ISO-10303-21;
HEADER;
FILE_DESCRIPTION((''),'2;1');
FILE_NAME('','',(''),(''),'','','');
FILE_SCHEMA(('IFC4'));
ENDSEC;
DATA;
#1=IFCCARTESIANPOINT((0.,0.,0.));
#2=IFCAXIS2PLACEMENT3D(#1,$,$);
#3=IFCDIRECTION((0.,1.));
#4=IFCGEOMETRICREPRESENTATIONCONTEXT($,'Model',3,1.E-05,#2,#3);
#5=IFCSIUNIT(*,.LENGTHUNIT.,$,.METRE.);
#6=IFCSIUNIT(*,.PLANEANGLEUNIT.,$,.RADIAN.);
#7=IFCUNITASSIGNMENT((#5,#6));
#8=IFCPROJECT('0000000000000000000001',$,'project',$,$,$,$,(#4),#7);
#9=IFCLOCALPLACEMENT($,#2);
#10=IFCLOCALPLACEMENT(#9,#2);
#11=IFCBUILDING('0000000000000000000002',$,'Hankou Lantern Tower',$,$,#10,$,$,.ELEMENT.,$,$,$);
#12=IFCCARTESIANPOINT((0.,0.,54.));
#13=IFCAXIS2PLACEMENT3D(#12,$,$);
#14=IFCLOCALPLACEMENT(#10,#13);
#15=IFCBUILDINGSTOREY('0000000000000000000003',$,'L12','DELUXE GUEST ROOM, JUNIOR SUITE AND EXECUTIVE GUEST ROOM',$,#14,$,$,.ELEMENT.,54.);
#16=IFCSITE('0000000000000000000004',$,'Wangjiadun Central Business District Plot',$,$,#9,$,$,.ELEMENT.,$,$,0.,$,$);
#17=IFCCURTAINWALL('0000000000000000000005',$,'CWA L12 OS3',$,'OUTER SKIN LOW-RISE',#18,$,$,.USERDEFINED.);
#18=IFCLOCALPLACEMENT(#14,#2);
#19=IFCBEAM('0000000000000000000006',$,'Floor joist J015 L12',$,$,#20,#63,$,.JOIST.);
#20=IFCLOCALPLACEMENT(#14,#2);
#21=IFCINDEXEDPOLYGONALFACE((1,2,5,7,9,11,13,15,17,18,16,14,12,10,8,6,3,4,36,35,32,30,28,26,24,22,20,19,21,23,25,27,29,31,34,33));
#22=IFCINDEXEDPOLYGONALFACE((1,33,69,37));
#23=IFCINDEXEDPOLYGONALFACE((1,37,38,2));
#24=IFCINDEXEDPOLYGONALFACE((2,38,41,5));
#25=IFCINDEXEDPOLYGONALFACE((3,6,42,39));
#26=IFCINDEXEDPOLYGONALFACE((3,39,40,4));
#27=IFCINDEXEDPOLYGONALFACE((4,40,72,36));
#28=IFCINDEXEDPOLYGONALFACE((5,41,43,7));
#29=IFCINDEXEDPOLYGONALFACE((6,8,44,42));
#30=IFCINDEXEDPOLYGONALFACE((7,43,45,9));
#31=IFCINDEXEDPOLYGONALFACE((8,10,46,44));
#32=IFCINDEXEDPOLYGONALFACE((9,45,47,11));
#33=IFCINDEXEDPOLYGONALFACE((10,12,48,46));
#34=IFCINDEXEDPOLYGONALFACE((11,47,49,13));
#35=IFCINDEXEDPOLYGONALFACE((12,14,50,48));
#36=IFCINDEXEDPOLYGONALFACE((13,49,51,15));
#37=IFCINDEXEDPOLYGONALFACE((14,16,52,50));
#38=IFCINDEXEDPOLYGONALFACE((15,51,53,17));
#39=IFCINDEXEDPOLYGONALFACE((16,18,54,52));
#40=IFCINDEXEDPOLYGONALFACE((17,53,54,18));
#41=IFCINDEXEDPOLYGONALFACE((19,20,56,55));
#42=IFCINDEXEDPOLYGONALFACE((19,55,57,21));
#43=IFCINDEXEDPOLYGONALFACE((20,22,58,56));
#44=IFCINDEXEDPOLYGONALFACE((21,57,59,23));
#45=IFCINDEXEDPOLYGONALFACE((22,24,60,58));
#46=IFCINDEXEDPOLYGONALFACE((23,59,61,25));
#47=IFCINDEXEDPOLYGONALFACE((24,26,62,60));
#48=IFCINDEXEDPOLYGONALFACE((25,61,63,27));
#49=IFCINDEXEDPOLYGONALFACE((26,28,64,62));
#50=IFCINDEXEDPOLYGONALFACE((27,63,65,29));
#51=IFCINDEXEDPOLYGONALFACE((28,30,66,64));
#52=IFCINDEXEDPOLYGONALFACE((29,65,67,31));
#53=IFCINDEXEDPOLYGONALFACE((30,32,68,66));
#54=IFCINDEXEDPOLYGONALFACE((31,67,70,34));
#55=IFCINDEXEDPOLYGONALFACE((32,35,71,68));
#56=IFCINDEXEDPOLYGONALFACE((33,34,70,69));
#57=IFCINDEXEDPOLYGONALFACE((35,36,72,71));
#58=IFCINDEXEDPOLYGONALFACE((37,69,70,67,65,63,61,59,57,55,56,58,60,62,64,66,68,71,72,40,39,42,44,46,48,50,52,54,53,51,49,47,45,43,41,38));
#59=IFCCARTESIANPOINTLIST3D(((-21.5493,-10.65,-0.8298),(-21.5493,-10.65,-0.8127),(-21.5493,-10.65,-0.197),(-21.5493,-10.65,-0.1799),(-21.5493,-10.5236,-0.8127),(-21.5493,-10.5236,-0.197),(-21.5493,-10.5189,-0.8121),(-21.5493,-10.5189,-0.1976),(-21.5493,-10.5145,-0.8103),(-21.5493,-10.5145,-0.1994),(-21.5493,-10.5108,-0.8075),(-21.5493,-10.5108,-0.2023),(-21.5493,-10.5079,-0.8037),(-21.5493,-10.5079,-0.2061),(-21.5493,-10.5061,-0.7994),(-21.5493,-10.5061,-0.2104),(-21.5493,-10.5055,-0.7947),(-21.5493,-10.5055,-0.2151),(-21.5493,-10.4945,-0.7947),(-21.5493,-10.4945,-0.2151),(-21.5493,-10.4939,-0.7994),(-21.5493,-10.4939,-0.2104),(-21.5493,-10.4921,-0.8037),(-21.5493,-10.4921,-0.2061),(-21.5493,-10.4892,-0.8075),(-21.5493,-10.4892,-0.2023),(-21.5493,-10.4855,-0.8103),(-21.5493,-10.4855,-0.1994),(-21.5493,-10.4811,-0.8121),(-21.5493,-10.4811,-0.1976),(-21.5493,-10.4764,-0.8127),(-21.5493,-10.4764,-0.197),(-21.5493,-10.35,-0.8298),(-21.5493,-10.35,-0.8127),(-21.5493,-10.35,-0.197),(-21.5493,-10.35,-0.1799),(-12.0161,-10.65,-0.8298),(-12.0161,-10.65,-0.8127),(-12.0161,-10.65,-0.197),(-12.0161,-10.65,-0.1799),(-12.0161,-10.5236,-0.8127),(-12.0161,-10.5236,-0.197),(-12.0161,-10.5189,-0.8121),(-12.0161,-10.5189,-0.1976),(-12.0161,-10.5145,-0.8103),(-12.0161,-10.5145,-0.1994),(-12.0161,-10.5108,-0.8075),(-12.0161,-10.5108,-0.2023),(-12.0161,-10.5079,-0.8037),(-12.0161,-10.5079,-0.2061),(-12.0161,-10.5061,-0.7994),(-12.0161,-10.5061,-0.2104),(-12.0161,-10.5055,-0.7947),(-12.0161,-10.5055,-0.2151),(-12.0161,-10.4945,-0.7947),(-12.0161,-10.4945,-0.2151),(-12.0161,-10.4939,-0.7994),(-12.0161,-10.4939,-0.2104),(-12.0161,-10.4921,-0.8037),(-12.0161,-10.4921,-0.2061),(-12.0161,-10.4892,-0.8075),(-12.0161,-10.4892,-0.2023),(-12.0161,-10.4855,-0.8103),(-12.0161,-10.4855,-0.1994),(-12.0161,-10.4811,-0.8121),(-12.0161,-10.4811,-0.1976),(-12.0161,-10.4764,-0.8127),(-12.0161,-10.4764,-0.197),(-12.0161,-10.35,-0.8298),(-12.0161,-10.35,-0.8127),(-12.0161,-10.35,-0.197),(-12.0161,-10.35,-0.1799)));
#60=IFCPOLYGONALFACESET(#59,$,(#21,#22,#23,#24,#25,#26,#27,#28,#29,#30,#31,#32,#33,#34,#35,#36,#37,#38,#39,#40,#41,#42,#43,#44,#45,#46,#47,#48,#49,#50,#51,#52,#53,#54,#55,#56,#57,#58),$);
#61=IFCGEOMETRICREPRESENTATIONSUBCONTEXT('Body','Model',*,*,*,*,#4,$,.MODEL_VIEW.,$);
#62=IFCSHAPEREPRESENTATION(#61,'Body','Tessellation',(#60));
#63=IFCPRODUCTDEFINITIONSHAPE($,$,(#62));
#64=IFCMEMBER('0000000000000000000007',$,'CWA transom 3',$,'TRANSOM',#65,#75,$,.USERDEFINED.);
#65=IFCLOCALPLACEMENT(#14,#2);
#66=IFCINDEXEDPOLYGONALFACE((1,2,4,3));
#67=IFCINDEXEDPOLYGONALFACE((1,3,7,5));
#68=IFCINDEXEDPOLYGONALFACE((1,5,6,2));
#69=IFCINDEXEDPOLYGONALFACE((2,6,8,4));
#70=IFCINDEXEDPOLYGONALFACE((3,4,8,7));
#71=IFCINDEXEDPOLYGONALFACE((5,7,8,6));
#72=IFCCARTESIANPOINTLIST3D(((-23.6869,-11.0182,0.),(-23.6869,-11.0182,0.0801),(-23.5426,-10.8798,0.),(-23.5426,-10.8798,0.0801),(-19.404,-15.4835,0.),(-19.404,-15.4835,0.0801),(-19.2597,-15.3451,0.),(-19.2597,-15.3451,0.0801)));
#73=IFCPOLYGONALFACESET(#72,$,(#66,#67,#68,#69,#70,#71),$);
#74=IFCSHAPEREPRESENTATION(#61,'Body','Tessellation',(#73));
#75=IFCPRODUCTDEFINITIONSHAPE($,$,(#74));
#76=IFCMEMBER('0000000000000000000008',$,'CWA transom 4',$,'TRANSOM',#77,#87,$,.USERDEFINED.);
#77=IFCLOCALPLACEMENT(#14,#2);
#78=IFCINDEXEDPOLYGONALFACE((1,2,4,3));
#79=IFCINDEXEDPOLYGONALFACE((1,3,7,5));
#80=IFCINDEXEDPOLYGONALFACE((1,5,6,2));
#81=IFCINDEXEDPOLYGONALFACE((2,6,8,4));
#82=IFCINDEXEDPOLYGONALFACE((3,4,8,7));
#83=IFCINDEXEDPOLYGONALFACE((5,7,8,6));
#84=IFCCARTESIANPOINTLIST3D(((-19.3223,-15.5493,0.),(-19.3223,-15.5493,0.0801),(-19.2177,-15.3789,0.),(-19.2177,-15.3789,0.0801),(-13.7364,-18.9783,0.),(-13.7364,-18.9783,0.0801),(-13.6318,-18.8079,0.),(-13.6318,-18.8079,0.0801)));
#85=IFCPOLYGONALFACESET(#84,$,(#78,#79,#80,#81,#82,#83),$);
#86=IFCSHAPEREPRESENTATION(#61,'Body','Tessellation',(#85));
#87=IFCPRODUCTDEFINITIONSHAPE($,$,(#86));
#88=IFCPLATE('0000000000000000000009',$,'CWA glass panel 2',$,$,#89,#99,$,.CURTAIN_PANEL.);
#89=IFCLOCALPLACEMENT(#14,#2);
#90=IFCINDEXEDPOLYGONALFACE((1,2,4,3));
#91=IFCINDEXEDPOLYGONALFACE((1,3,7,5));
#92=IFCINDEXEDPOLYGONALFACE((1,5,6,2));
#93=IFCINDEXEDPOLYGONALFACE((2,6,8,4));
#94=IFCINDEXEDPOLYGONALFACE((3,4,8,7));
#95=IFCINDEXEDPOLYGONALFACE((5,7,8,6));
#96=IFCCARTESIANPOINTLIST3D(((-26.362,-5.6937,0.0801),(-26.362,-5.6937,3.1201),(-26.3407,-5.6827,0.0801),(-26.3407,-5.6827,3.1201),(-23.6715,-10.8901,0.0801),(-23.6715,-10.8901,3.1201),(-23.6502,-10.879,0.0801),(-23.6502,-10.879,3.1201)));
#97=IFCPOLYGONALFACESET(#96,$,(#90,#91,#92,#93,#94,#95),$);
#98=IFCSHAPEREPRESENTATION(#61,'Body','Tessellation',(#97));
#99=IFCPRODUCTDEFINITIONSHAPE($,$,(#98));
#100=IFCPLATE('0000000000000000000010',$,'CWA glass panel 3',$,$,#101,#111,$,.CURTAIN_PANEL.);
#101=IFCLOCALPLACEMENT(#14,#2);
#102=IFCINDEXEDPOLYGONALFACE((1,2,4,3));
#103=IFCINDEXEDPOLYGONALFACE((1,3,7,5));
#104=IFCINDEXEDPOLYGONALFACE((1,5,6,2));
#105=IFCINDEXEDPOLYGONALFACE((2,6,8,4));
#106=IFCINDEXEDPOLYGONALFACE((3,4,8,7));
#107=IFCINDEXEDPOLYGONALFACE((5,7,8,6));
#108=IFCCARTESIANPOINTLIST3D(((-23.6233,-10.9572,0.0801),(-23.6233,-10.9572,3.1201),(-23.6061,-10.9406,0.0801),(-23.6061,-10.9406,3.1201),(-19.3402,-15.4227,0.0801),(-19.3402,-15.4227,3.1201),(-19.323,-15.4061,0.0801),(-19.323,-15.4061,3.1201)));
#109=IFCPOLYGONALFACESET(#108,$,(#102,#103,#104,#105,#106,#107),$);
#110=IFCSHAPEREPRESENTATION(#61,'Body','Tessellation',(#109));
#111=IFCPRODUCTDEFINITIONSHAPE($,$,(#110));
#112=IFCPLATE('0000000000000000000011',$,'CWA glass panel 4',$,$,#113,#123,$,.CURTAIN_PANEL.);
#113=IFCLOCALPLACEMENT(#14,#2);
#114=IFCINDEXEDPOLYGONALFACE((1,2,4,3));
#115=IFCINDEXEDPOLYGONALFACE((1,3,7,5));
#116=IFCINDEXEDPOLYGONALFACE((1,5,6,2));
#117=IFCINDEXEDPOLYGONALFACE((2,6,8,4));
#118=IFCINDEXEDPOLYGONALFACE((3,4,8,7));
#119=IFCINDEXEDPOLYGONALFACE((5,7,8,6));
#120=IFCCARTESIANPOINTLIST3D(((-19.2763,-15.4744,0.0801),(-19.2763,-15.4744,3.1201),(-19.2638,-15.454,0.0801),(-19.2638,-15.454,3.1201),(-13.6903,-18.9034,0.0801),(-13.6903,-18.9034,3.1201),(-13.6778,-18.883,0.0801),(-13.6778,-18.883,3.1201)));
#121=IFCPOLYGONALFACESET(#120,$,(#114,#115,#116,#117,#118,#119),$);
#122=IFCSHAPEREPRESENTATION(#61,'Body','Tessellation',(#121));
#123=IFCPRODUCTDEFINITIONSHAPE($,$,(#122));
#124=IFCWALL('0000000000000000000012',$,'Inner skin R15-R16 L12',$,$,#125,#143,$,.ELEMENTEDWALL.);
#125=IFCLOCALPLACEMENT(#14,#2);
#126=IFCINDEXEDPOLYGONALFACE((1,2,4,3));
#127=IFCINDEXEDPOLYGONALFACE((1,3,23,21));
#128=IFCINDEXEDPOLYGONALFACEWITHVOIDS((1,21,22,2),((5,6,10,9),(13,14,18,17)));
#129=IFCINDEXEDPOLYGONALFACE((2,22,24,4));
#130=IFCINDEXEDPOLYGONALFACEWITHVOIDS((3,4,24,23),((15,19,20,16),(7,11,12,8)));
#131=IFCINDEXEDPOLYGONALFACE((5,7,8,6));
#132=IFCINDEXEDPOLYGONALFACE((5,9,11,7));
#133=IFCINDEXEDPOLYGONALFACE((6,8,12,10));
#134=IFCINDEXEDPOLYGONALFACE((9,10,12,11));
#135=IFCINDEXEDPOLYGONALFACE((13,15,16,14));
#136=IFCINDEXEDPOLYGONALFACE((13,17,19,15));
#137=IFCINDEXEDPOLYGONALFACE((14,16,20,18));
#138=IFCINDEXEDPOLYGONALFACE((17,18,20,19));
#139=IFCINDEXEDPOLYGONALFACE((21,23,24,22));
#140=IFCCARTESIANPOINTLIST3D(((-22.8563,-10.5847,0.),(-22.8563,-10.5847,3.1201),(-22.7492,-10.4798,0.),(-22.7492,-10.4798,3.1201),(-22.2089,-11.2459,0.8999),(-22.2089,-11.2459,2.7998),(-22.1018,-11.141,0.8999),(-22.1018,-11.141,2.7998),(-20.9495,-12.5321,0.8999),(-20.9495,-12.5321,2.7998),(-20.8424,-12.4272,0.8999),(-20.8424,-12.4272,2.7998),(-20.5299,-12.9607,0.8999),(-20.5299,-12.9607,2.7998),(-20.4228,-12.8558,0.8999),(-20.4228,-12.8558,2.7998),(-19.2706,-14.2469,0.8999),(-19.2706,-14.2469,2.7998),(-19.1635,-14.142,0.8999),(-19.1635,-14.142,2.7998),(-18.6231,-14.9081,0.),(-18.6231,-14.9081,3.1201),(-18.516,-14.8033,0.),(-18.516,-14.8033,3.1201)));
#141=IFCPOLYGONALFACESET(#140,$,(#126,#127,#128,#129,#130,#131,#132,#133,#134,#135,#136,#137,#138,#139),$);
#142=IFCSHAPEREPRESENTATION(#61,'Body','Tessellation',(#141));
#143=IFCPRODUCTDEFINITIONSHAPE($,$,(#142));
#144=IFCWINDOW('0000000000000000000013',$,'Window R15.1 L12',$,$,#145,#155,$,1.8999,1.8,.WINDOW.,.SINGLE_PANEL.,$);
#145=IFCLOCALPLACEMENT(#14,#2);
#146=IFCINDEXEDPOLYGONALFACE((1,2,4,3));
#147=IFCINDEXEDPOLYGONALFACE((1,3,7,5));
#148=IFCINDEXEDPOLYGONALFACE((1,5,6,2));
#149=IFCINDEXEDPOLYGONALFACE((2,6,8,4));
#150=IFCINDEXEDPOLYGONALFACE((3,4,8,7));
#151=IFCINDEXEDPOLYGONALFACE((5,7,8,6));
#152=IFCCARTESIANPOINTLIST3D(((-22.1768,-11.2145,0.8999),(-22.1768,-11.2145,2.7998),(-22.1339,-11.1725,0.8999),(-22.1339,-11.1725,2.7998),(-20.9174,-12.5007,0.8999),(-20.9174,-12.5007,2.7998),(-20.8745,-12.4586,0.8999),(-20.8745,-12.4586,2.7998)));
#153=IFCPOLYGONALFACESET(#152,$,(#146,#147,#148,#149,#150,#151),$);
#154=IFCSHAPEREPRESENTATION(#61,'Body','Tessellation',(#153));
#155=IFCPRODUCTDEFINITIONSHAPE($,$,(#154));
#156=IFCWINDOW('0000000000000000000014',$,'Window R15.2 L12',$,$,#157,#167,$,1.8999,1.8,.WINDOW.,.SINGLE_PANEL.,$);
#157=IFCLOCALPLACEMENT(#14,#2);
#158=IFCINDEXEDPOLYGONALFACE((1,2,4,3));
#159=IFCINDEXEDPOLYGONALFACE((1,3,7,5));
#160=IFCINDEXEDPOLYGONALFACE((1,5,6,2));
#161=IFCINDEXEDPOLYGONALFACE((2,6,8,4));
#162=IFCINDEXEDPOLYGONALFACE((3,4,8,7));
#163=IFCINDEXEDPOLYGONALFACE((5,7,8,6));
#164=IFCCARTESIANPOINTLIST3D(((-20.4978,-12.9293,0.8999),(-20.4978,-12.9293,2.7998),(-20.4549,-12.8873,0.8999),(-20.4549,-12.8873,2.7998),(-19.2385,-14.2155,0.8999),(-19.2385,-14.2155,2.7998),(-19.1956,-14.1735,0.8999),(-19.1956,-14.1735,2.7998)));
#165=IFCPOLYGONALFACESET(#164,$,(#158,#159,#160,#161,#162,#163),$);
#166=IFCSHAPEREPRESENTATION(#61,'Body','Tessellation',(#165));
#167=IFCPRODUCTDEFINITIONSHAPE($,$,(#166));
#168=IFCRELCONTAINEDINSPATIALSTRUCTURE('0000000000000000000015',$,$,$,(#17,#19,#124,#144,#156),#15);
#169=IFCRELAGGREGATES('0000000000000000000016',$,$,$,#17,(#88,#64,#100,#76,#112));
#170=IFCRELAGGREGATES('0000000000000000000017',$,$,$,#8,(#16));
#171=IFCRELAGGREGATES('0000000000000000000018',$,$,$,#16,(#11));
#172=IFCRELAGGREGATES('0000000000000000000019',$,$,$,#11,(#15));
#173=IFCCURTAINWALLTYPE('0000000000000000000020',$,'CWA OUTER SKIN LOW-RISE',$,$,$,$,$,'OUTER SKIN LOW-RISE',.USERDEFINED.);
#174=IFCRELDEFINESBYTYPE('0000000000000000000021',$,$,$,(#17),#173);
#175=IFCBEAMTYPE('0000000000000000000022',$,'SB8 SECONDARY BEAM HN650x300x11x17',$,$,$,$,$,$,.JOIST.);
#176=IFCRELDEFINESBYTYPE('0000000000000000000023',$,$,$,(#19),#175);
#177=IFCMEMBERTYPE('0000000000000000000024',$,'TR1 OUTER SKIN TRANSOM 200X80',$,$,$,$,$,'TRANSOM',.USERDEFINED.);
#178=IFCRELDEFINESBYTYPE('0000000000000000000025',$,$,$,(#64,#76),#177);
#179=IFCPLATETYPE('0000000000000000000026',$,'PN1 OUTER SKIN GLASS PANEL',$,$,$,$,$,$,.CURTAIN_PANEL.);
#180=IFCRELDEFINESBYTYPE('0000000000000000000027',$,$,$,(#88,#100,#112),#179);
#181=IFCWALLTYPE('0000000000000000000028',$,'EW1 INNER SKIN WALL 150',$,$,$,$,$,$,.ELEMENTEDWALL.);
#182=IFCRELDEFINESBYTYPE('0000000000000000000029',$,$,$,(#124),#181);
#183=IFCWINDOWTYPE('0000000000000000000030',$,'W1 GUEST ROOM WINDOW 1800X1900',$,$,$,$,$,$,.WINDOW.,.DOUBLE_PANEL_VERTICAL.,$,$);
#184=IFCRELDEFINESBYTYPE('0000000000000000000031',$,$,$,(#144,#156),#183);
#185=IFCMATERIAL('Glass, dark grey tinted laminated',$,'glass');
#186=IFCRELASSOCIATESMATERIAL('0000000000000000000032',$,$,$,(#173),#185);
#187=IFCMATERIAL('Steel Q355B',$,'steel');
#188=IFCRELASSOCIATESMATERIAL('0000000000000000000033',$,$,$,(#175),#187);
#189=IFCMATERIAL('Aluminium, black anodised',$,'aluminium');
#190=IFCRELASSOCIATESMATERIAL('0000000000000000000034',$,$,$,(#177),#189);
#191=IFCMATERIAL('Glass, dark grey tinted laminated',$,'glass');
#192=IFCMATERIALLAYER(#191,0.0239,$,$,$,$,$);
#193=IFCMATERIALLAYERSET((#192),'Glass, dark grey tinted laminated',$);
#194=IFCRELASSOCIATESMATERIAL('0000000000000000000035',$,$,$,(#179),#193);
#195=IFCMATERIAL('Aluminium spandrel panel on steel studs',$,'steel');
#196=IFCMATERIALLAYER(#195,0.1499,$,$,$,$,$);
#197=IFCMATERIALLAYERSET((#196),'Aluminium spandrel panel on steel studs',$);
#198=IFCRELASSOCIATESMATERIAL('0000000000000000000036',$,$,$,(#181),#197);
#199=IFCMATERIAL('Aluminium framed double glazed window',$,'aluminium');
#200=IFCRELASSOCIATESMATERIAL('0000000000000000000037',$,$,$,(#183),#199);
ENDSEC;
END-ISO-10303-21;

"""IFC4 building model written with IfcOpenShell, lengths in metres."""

from ifc_helpers import new_model, si_unit, direction, frame, frame_2d, origin, origin_2d, place, context, subcontext, project, spatial, rectangle, i_section, extrude, material, layer, layer_set, material_profile, profile_set, type_object, element, fill, aggregate, save


model = new_model("IFC4")

# Units and contexts
model_context = context("Model", 3, precision=1e-05, world=origin(), true_north=direction((0.0, 1.0)))
body_context = subcontext(model_context, "Body", "Model", "MODEL_VIEW")
ifc_project = project(units=[si_unit("LENGTHUNIT", "METRE"), si_unit("PLANEANGLEUNIT", "RADIAN")], contexts=[model_context])

# Site, building, storey
site_placement = place(None, origin())
site = spatial("IfcSite", under=ifc_project, at=site_placement, Name="Wangjiadun Central Business District Plot", CompositionType="ELEMENT", RefElevation=0.0)
building_placement = place(site_placement, origin())
building = spatial("IfcBuilding", under=site, at=building_placement, Name="Hankou Lantern Tower", CompositionType="ELEMENT")
storey_placement = place(building_placement, frame((0.0, 0.0, 54.0)))
storey = spatial("IfcBuildingStorey", under=building, at=storey_placement, Name="L12", Description="DELUXE GUEST ROOM, JUNIOR SUITE AND EXECUTIVE GUEST ROOM", CompositionType="ELEMENT", Elevation=54.0)

# Curtain wall
ifc_material_1 = material(Name="Glass, dark grey tinted laminated", Category="glass")
curtain_wall_type = type_object("IfcCurtainWallType", Name="CWA OUTER SKIN LOW-RISE", ElementType="OUTER SKIN LOW-RISE", PredefinedType="USERDEFINED", material=ifc_material_1)
curtain_wall_placement = place(storey_placement, origin())
curtain_wall = element("IfcCurtainWall", 1, at=curtain_wall_placement, inside=storey, type_object=curtain_wall_type, Name="CWA L12 OS3", ObjectType="OUTER SKIN LOW-RISE", PredefinedType="USERDEFINED")

# Beam
ifc_material_2 = material(Name="Steel Q355B", Category="steel")
ifc_material_profile_1 = material_profile(ifc_material_2, i_section(OverallWidth=0.3, OverallDepth=0.6499, WebThickness=0.011, FlangeThickness=0.0171, FilletRadius=0.0181, at=origin_2d()), Name="HN650x300x11x17")
ifc_profile_set_1 = profile_set([ifc_material_profile_1], Name="Steel Q355B")
beam_type_1 = type_object("IfcBeamType", Name="SB8 SECONDARY BEAM HN650x300x11x17", PredefinedType="JOIST", material=ifc_profile_set_1)
beam_1_placement = place(storey_placement, frame((-21.5493, -10.5, -0.5049), z_axis=(1.0, 0.0, 0.0), x_axis=(0.0, 1.0, 0.0)))
element("IfcBeam", 2, at=beam_1_placement, inside=storey, type_object=beam_type_1, Name="Floor joist J015 L12", PredefinedType="JOIST", context=body_context, shape_type="SweptSolid", body=[
    extrude(i_section(OverallWidth=0.3, OverallDepth=0.6499, WebThickness=0.011, FlangeThickness=0.0171, FilletRadius=0.0181, at=origin_2d()), origin(), (0.0, 0.0, 1.0), 9.5332),
])

# Members
ifc_material_3 = material(Name="Aluminium, black anodised", Category="aluminium")
ifc_material_profile_2 = material_profile(ifc_material_3, rectangle(XDim=0.2, YDim=0.0801, at=origin_2d()), Name="TR1 200X80")
ifc_profile_set_2 = profile_set([ifc_material_profile_2], Name="Aluminium, black anodised")
member_type_1 = type_object("IfcMemberType", Name="TR1 OUTER SKIN TRANSOM 200X80", ElementType="TRANSOM", PredefinedType="USERDEFINED", material=ifc_profile_set_2)
member_1_placement = place(storey_placement, frame((-23.6147, -10.949, 0.04), z_axis=(0.692216, -0.721691, 0.0), x_axis=(0.721691, 0.692216, 0.0)))
member_1 = element("IfcMember", 3, at=member_1_placement, type_object=member_type_1, Name="CWA transom 3", ObjectType="TRANSOM", PredefinedType="USERDEFINED", context=body_context, shape_type="SweptSolid", body=[
    extrude(rectangle(XDim=0.2, YDim=0.0801, at=origin_2d()), origin(), (0.0, 0.0, 1.0), 6.1873),
])
member_2_placement = place(storey_placement, frame((-19.27, -15.4641, 0.04), z_axis=(0.85224, -0.523152, 0.0), x_axis=(0.523152, 0.85224, 0.0)))
member_2 = element("IfcMember", 4, at=member_2_placement, type_object=member_type_1, Name="CWA transom 4", ObjectType="TRANSOM", PredefinedType="USERDEFINED", context=body_context, shape_type="SweptSolid", body=[
    extrude(rectangle(XDim=0.2, YDim=0.0801, at=origin_2d()), origin(), (0.0, 0.0, 1.0), 6.5544),
])

# Plates
ifc_material_4 = material(Name="Glass, dark grey tinted laminated", Category="glass")
ifc_layer_1 = layer(ifc_material_4, 0.0239)
ifc_layer_set_1 = layer_set([ifc_layer_1], Name="Glass, dark grey tinted laminated")
plate_type = type_object("IfcPlateType", Name="PN1 OUTER SKIN GLASS PANEL", PredefinedType="CURTAIN_PANEL", material=ifc_layer_set_1)
plate_1_placement = place(storey_placement, frame((-25.0061, -8.2864, 0.0801), z_axis=(0.0, 0.0, 1.0), x_axis=(0.459791, -0.888027, 0.0)))
plate_1 = element("IfcPlate", 5, at=plate_1_placement, type_object=plate_type, Name="CWA glass panel 2", PredefinedType="CURTAIN_PANEL", context=body_context, shape_type="SweptSolid", body=[
    extrude(rectangle(XDim=5.8516, YDim=0.0239, at=origin_2d()), origin(), (0.0, 0.0, 1.0), 3.04),
])
plate_2_placement = place(storey_placement, frame((-21.4731, -13.1816, 0.0801), z_axis=(0.0, 0.0, 1.0), x_axis=(0.692216, -0.721691, 0.0)))
plate_2 = element("IfcPlate", 6, at=plate_2_placement, type_object=plate_type, Name="CWA glass panel 3", PredefinedType="CURTAIN_PANEL", context=body_context, shape_type="SweptSolid", body=[
    extrude(rectangle(XDim=6.1875, YDim=0.0239, at=origin_2d()), origin(), (0.0, 0.0, 1.0), 3.04),
])
plate_3_placement = place(storey_placement, frame((-16.4771, -17.1787, 0.0801), z_axis=(0.0, 0.0, 1.0), x_axis=(0.852237, -0.523156, 0.0)))
plate_3 = element("IfcPlate", 7, at=plate_3_placement, type_object=plate_type, Name="CWA glass panel 4", PredefinedType="CURTAIN_PANEL", context=body_context, shape_type="SweptSolid", body=[
    extrude(rectangle(XDim=6.5544, YDim=0.0239, at=origin_2d()), origin(), (0.0, 0.0, 1.0), 3.04),
])
aggregate(curtain_wall, [plate_1, member_1, plate_2, member_2, plate_3])

# Wall, openings, windows
ifc_material_5 = material(Name="Aluminium spandrel panel on steel studs", Category="steel")
ifc_layer_2 = layer(ifc_material_5, 0.1499)
ifc_layer_set_2 = layer_set([ifc_layer_2], Name="Aluminium spandrel panel on steel studs")
wall_type_1 = type_object("IfcWallType", Name="EW1 INNER SKIN WALL 150", PredefinedType="ELEMENTEDWALL", material=ifc_layer_set_2)
wall_1_placement = place(storey_placement, frame((-22.8027, -10.5322, 0.0), z_axis=(0.0, 0.0, 1.0), x_axis=(0.699603, -0.714532, 0.0)))
wall_1 = element("IfcWall", 8, at=wall_1_placement, inside=storey, type_object=wall_type_1, Name="Inner skin R15-R16 L12", PredefinedType="ELEMENTEDWALL", context=body_context, shape_type="SweptSolid", body=[
    extrude(rectangle(XDim=6.0508, YDim=0.1499, at=frame_2d((3.0254, 0.0))), origin(), (0.0, 0.0, 1.0), 3.1201),
])
opening_1_placement = place(wall_1_placement, frame((0.9255, 0.0, 0.8999)))
opening_1 = element("IfcOpeningElement", 9, at=opening_1_placement, cuts=wall_1, PredefinedType="OPENING", context=body_context, shape_type="SweptSolid", body=[
    extrude(rectangle(XDim=1.8, YDim=1.8999, at=frame_2d((0.8999, 0.95))), frame((0.0, 0.085, 0.0), z_axis=(0.0, -1.0, 0.0), x_axis=(1.0, 0.0, 0.0)), (0.0, 0.0, 1.0), 0.1699),
])
opening_2_placement = place(wall_1_placement, frame((3.3254, 0.0, 0.8999)))
opening_2 = element("IfcOpeningElement", 10, at=opening_2_placement, cuts=wall_1, PredefinedType="OPENING", context=body_context, shape_type="SweptSolid", body=[
    extrude(rectangle(XDim=1.8, YDim=1.8999, at=frame_2d((0.8999, 0.95))), frame((0.0, 0.085, 0.0), z_axis=(0.0, -1.0, 0.0), x_axis=(1.0, 0.0, 0.0)), (0.0, 0.0, 1.0), 0.1699),
])
ifc_material_6 = material(Name="Aluminium framed double glazed window", Category="aluminium")
window_type = type_object("IfcWindowType", Name="W1 GUEST ROOM WINDOW 1800X1900", PartitioningType="DOUBLE_PANEL_VERTICAL", PredefinedType="WINDOW", material=ifc_material_6)
window_1_placement = place(opening_1_placement, origin())
window_1 = element("IfcWindow", 11, at=window_1_placement, inside=storey, type_object=window_type, Name="Window R15.1 L12", OverallHeight=1.8999, OverallWidth=1.8, PartitioningType="SINGLE_PANEL", PredefinedType="WINDOW", context=body_context, shape_type="SweptSolid", body=[
    extrude(rectangle(XDim=1.8, YDim=1.8999, at=frame_2d((0.8999, 0.95))), frame((0.0, 0.03, 0.0), z_axis=(0.0, -1.0, 0.0), x_axis=(1.0, 0.0, 0.0)), (0.0, 0.0, 1.0), 0.0601),
])
fill(opening_1, window_1)
window_2_placement = place(opening_2_placement, origin())
window_2 = element("IfcWindow", 12, at=window_2_placement, inside=storey, type_object=window_type, Name="Window R15.2 L12", OverallHeight=1.8999, OverallWidth=1.8, PartitioningType="SINGLE_PANEL", PredefinedType="WINDOW", context=body_context, shape_type="SweptSolid", body=[
    extrude(rectangle(XDim=1.8, YDim=1.8999, at=frame_2d((0.8999, 0.95))), frame((0.0, 0.03, 0.0), z_axis=(0.0, -1.0, 0.0), x_axis=(1.0, 0.0, 0.0)), (0.0, 0.0, 1.0), 0.0601),
])
fill(opening_2, window_2)

save(model, "model.ifc")
